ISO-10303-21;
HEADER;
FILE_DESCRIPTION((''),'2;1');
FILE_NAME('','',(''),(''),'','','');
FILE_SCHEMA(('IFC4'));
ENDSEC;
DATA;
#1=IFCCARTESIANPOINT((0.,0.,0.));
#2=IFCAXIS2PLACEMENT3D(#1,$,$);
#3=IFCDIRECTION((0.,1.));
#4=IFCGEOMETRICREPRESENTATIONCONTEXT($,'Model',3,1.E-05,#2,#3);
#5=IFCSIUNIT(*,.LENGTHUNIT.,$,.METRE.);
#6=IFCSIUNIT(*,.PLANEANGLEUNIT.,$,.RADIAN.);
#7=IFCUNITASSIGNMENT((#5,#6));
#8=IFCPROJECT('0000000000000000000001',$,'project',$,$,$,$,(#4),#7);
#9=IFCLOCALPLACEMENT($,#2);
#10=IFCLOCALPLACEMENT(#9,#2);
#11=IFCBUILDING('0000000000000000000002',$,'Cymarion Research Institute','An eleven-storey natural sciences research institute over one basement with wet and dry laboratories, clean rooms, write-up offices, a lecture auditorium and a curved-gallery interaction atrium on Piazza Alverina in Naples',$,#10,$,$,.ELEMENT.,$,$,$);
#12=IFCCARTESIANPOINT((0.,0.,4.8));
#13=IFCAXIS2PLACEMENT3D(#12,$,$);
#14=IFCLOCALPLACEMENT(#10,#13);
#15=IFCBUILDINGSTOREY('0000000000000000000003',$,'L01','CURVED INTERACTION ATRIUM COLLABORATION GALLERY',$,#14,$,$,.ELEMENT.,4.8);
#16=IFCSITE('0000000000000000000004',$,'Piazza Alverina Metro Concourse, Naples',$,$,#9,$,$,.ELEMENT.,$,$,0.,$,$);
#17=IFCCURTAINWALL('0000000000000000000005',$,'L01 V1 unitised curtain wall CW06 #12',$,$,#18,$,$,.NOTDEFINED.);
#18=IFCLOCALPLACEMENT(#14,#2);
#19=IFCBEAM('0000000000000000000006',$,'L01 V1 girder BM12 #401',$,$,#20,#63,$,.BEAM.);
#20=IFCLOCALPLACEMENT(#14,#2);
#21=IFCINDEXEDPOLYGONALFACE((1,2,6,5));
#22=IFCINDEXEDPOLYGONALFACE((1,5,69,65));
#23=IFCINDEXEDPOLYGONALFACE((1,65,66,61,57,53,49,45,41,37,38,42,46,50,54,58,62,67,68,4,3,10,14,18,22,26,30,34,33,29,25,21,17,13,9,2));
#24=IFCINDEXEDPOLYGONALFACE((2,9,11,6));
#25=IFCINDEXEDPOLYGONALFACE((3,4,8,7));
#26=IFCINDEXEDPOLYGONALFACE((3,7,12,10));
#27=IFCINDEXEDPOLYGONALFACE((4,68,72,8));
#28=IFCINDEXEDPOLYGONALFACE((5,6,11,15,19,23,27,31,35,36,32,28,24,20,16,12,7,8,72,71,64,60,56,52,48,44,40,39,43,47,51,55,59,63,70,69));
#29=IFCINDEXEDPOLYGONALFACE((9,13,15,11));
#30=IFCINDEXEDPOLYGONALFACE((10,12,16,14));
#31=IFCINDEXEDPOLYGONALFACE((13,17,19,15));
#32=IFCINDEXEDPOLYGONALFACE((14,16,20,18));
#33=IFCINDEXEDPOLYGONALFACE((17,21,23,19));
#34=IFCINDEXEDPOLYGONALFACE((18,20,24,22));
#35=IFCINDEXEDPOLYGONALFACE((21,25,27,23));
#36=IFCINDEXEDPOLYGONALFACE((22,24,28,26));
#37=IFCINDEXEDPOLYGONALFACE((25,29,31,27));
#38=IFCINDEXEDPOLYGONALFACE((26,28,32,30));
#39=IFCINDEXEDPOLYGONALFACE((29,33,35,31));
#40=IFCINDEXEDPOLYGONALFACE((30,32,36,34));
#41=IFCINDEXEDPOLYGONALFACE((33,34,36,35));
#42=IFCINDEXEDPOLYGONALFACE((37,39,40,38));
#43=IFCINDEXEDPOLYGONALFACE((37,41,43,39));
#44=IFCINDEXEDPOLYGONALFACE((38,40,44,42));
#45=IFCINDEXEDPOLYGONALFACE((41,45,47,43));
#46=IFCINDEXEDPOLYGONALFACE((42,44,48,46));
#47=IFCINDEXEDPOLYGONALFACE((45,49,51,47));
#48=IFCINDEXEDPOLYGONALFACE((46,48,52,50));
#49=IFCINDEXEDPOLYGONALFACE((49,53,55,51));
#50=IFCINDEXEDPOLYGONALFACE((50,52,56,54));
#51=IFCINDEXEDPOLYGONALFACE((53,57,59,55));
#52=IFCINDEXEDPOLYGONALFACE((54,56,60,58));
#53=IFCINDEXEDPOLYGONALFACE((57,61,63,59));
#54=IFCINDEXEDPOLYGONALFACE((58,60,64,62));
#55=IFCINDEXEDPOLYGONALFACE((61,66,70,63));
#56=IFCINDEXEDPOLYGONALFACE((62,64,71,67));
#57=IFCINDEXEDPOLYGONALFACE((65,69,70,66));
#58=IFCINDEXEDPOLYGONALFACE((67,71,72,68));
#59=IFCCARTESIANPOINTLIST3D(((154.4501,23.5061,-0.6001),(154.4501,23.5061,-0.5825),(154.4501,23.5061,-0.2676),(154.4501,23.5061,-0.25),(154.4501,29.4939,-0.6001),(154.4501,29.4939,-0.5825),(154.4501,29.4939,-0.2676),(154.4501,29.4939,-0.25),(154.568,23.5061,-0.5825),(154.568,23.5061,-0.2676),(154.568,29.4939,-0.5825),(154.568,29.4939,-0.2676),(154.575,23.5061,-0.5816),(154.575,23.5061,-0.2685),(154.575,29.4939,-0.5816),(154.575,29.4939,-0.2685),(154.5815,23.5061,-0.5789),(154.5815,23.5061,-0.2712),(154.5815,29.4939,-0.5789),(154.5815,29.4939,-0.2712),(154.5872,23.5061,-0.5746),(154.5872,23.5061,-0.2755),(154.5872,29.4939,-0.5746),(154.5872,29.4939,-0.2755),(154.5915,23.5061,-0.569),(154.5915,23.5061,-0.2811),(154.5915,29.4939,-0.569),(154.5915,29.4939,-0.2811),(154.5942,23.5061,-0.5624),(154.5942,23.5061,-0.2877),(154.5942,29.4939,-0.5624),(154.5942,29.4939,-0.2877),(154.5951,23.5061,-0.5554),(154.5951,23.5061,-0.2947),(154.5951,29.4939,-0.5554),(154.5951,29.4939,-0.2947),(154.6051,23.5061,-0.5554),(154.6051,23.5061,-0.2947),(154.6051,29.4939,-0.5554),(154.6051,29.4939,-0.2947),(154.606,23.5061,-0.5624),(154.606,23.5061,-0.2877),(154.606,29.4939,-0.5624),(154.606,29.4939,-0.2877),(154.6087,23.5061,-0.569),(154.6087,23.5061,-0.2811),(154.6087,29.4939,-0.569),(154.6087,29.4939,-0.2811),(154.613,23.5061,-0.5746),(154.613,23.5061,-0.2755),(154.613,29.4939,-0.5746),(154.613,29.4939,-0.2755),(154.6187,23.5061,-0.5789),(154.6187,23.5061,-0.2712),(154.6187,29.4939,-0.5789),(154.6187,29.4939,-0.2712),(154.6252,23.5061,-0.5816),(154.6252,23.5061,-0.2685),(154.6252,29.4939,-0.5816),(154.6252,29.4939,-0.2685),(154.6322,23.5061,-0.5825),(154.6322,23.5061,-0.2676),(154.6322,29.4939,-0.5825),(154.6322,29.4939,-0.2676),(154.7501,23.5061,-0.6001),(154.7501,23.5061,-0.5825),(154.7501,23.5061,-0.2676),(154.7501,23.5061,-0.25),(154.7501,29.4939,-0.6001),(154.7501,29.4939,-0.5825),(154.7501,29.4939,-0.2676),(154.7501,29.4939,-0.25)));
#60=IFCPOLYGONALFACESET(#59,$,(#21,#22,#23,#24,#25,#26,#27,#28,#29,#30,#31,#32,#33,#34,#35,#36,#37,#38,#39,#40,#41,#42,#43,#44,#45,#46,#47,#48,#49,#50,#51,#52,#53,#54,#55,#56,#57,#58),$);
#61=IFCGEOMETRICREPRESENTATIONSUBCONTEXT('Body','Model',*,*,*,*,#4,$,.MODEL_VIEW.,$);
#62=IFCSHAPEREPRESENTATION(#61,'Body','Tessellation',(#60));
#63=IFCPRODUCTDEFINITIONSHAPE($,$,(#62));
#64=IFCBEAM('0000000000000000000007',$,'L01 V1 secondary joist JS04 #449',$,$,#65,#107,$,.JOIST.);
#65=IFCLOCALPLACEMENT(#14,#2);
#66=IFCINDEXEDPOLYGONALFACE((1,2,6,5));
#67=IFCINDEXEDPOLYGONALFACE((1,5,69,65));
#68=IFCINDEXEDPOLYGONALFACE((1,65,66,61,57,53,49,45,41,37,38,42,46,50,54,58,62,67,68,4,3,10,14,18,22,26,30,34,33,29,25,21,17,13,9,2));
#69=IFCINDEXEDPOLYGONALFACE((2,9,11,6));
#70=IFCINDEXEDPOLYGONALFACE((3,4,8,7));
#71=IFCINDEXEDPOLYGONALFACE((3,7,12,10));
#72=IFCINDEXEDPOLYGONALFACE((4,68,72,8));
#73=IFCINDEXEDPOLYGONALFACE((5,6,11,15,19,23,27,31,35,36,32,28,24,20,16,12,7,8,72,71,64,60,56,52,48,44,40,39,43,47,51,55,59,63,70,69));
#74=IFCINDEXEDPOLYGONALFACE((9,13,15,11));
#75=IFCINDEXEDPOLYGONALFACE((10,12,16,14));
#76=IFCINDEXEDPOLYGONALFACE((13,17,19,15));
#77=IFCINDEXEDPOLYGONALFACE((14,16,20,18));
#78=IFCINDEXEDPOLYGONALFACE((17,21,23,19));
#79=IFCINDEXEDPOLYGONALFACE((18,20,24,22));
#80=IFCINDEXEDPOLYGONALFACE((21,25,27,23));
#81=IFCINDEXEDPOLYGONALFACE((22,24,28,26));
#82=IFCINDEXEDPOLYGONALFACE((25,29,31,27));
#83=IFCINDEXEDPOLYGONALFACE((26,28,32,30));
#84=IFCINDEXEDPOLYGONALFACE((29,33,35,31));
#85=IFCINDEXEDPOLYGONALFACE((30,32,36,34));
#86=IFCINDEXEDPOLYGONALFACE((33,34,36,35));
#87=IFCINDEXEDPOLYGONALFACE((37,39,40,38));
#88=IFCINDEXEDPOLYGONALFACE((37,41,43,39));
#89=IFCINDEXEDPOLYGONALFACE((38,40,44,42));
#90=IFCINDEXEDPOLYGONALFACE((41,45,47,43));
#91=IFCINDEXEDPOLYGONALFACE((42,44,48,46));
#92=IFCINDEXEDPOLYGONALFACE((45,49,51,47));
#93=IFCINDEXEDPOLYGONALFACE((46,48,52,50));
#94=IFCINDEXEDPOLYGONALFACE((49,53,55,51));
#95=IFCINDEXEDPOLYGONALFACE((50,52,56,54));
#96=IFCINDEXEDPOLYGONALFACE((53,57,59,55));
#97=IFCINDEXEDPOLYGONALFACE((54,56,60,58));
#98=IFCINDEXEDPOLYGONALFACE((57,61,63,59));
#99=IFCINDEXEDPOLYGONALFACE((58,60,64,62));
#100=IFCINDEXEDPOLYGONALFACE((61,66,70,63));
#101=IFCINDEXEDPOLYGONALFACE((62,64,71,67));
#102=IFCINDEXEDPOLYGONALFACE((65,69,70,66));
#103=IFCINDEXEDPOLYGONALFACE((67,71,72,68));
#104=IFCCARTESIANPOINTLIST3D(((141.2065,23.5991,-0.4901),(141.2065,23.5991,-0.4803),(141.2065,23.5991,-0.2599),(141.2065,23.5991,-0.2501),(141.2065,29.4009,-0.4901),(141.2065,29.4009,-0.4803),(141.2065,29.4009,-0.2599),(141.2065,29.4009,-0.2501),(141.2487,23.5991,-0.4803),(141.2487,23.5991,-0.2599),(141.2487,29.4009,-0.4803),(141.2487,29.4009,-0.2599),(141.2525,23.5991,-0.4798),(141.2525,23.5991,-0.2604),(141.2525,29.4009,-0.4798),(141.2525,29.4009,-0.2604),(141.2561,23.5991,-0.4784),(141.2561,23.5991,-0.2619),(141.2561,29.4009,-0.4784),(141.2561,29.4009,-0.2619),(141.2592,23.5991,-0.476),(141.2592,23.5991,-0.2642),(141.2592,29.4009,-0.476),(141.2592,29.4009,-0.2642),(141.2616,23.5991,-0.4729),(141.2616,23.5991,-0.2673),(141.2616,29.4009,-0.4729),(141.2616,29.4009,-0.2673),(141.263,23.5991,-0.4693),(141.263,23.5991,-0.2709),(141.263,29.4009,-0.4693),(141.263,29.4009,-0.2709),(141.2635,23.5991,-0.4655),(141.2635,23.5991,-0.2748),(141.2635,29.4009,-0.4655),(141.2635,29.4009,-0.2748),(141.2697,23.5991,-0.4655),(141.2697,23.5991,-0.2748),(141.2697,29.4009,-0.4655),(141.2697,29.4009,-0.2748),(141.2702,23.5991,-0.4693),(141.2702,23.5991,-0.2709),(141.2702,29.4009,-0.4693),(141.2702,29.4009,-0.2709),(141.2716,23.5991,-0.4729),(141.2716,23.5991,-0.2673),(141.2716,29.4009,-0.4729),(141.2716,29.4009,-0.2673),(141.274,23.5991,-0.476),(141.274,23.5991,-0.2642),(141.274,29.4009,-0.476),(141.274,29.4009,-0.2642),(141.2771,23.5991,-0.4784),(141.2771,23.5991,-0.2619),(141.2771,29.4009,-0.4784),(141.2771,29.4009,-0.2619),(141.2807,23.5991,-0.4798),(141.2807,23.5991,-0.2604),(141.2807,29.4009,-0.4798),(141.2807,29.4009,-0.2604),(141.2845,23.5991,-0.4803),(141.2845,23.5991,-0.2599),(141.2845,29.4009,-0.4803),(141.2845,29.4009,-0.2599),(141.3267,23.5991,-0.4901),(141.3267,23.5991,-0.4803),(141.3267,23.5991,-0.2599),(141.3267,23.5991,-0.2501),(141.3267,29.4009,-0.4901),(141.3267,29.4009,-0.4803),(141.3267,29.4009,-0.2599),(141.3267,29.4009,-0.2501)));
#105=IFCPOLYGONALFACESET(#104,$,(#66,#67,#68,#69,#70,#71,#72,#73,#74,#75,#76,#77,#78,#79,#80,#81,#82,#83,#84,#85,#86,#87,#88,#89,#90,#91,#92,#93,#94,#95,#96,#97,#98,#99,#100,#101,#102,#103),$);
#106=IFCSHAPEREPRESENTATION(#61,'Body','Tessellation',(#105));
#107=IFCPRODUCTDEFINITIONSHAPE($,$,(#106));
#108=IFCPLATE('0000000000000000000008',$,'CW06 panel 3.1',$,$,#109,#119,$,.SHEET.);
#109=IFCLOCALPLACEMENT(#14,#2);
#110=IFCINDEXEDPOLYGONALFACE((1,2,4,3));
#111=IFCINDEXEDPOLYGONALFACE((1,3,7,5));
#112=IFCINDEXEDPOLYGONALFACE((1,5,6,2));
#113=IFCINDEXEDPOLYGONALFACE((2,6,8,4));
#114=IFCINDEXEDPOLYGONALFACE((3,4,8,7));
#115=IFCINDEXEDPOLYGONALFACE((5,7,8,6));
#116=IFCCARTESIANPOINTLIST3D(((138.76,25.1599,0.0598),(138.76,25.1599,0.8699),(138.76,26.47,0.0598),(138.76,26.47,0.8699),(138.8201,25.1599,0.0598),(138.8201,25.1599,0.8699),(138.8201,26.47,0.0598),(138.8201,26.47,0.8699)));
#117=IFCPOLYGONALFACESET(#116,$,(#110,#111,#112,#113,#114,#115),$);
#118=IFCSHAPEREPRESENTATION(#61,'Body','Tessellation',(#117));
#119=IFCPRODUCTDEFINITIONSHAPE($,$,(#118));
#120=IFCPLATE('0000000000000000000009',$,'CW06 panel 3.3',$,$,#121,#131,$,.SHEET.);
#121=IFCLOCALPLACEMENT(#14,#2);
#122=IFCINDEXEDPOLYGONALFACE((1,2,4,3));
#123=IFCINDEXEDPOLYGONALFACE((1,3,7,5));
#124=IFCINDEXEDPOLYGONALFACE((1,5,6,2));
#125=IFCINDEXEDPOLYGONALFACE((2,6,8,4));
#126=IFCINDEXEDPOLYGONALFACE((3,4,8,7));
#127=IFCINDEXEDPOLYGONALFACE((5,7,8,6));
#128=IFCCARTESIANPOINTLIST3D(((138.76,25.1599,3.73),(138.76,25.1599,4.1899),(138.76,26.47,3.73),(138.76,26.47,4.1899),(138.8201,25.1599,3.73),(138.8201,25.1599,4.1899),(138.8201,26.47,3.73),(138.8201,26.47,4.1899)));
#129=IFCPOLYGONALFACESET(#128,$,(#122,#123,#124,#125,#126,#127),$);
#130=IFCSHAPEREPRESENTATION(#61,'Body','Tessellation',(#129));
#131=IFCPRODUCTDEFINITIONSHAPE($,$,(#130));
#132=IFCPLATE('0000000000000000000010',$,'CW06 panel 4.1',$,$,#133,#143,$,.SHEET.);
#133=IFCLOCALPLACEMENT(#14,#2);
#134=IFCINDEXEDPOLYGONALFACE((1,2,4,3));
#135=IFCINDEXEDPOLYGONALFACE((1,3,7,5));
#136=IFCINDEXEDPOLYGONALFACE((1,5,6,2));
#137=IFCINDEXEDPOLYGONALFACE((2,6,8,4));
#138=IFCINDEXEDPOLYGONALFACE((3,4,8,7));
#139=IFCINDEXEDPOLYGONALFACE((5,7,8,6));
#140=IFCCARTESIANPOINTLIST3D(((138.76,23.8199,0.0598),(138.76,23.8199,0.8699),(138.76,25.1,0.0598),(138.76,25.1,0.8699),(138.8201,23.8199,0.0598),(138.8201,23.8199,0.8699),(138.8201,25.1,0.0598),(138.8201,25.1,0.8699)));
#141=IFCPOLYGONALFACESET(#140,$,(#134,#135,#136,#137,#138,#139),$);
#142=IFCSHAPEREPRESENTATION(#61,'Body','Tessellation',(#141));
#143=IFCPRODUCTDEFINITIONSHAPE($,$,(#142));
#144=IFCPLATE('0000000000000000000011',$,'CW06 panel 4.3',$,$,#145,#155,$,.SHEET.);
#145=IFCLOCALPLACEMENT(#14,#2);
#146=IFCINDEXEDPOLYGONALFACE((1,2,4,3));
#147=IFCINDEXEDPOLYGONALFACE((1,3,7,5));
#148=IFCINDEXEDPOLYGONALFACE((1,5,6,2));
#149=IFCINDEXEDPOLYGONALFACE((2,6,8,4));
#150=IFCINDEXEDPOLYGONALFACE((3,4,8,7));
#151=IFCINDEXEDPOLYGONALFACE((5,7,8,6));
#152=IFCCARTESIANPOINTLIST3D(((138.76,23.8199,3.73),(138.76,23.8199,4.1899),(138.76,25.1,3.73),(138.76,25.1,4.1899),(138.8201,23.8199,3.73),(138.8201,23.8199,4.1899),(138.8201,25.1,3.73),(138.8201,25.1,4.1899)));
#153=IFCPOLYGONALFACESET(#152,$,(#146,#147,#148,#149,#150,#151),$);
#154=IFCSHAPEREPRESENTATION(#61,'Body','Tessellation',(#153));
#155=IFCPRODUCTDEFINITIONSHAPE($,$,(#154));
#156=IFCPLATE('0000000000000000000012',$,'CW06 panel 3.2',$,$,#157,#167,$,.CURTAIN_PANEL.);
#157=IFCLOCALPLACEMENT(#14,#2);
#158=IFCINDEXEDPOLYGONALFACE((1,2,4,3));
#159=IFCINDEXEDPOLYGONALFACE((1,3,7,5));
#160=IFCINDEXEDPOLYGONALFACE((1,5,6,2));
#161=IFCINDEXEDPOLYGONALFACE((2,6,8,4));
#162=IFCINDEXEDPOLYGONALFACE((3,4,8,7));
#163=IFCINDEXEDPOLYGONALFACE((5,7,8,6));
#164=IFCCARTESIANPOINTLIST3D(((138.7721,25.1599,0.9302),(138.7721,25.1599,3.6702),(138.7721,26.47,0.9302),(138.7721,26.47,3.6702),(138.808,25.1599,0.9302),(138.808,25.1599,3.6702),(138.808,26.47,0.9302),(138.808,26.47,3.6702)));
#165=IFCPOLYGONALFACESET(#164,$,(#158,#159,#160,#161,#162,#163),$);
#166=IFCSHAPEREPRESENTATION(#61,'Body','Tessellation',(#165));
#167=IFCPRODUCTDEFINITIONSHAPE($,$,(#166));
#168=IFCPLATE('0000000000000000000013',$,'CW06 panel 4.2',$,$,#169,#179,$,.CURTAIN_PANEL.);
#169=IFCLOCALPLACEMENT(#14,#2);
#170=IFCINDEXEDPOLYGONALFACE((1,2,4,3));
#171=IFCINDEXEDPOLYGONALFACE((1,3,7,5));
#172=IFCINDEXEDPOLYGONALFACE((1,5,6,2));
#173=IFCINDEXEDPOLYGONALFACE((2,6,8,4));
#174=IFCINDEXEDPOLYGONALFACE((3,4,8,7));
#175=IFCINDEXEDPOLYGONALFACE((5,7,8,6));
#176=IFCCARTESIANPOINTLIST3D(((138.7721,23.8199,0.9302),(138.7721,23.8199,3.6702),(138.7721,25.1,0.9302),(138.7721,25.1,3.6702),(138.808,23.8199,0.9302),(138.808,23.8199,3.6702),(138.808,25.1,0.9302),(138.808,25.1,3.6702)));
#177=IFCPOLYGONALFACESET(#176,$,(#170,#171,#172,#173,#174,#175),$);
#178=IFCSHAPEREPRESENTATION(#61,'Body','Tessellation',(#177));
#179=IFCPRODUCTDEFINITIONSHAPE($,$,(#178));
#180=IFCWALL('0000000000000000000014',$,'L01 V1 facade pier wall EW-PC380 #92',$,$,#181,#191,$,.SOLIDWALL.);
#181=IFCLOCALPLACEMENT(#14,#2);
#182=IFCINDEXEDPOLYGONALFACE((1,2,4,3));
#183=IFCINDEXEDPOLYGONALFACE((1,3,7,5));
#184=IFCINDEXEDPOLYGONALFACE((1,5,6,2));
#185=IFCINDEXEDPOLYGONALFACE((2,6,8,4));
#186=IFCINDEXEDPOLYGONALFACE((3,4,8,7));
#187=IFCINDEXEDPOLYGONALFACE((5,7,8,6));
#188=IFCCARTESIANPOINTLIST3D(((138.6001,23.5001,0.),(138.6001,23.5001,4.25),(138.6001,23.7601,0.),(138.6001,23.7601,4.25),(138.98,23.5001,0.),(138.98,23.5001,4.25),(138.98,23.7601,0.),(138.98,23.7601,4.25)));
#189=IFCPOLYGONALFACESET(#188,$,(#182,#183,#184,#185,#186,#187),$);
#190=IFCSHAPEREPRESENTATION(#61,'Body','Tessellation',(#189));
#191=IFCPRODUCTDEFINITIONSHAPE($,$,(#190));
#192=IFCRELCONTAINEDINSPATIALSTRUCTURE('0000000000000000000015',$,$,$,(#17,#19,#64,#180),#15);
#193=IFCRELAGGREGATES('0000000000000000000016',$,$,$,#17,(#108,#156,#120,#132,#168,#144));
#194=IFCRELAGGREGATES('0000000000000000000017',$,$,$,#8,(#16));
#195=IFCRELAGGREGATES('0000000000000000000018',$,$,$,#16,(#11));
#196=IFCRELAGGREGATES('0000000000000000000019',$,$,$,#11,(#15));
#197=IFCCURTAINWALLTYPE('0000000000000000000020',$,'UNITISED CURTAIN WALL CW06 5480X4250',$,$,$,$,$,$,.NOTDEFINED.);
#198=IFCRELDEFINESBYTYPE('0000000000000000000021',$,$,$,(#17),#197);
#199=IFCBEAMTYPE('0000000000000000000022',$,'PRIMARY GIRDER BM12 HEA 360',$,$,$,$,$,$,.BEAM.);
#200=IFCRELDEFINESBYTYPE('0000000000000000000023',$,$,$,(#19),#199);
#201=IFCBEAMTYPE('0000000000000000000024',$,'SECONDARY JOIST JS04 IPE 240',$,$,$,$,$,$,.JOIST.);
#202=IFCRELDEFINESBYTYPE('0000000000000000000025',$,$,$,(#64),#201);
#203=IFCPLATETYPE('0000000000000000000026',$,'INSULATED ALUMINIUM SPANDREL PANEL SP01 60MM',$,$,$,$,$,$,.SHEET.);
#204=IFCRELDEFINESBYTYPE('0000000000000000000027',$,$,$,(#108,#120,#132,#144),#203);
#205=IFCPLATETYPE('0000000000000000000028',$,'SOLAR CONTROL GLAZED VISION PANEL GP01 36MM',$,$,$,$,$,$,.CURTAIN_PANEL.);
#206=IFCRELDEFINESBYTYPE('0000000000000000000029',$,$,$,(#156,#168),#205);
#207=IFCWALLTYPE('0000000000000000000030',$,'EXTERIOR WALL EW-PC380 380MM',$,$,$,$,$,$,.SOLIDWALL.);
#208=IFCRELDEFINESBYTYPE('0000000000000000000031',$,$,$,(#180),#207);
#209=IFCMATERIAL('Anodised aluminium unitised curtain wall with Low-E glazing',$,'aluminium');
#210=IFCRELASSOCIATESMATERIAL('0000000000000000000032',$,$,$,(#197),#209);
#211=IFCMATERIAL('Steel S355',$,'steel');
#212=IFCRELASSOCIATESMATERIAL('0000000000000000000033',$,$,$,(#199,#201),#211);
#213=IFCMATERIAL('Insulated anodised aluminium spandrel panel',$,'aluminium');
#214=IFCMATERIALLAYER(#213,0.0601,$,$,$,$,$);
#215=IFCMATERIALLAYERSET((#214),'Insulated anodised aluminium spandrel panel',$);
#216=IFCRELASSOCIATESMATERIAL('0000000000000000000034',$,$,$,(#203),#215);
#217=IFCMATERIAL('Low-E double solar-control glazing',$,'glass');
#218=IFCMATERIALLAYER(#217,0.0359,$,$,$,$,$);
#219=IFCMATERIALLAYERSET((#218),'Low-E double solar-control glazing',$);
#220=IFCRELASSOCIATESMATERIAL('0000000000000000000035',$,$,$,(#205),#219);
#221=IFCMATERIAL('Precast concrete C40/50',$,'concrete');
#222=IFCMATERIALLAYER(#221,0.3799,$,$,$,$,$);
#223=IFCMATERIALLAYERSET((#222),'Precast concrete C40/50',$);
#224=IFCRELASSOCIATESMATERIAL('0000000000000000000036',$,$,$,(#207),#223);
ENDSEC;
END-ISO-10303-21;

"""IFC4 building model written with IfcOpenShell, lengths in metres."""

from ifc_helpers import new_model, si_unit, direction, frame, frame_2d, origin, origin_2d, place, context, subcontext, project, spatial, rectangle, i_section, extrude, material, layer, layer_set, material_profile, profile_set, type_object, element, aggregate, save


model = new_model("IFC4")

# Units and contexts
model_context = context("Model", 3, precision=1e-05, world=origin(), true_north=direction((0.0, 1.0)))
body_context = subcontext(model_context, "Body", "Model", "MODEL_VIEW")
ifc_project = project(units=[si_unit("LENGTHUNIT", "METRE"), si_unit("PLANEANGLEUNIT", "RADIAN")], contexts=[model_context])

# Site, building, storey
site_placement = place(None, origin())
site = spatial("IfcSite", under=ifc_project, at=site_placement, Name="Piazza Alverina Metro Concourse, Naples", CompositionType="ELEMENT", RefElevation=0.0)
building_placement = place(site_placement, origin())
building = spatial("IfcBuilding", under=site, at=building_placement, Name="Cymarion Research Institute", Description="An eleven-storey natural sciences research institute over one basement with wet and dry laboratories, clean rooms, write-up offices, a lecture auditorium and a curved-gallery interaction atrium on Piazza Alverina in Naples", CompositionType="ELEMENT")
storey_placement = place(building_placement, frame((0.0, 0.0, 4.8)))
storey = spatial("IfcBuildingStorey", under=building, at=storey_placement, Name="L01", Description="CURVED INTERACTION ATRIUM COLLABORATION GALLERY", CompositionType="ELEMENT", Elevation=4.8)

# Curtain wall
ifc_material_1 = material(Name="Anodised aluminium unitised curtain wall with Low-E glazing", Category="aluminium")
curtain_wall_type = type_object("IfcCurtainWallType", Name="UNITISED CURTAIN WALL CW06 5480X4250", PredefinedType="NOTDEFINED", material=ifc_material_1)
curtain_wall_placement = place(storey_placement, origin())
curtain_wall = element("IfcCurtainWall", 1, at=curtain_wall_placement, inside=storey, type_object=curtain_wall_type, Name="L01 V1 unitised curtain wall CW06 #12", PredefinedType="NOTDEFINED")

# Beams
ifc_material_2 = material(Name="Steel S355", Category="steel")
ifc_material_profile_1 = material_profile(ifc_material_2, i_section(OverallWidth=0.3, OverallDepth=0.3501, WebThickness=0.01, FlangeThickness=0.0176, FilletRadius=0.0271, at=origin_2d()), Name="HEA 360")
ifc_profile_set_1 = profile_set([ifc_material_profile_1], Name="Steel S355")
beam_type_1 = type_object("IfcBeamType", Name="PRIMARY GIRDER BM12 HEA 360", PredefinedType="BEAM", material=ifc_profile_set_1)
for number, where, z_axis, x_axis, name in (
    (2, (154.6001, 23.5061, -0.425), (0.0, 1.0, 0.0), (-1.0, 0.0, 0.0), "L01 V1 girder BM12 #401"),
):
    element("IfcBeam", number, at=place(storey_placement, frame(where, z_axis=z_axis, x_axis=x_axis)), inside=storey, type_object=beam_type_1, Name=name, PredefinedType="BEAM", context=body_context, shape_type="SweptSolid", body=[
        extrude(i_section(OverallWidth=0.3, OverallDepth=0.3501, WebThickness=0.01, FlangeThickness=0.0176, FilletRadius=0.0271, at=origin_2d()), origin(), (0.0, 0.0, 1.0), 5.9878),
    ])
ifc_material_profile_2 = material_profile(ifc_material_2, i_section(OverallWidth=0.1201, OverallDepth=0.24, WebThickness=0.0061, FlangeThickness=0.0098, FilletRadius=0.0149, at=origin_2d()), Name="IPE 240")
ifc_profile_set_2 = profile_set([ifc_material_profile_2], Name="Steel S355")
beam_type_2 = type_object("IfcBeamType", Name="SECONDARY JOIST JS04 IPE 240", PredefinedType="JOIST", material=ifc_profile_set_2)
beam_1_placement = place(storey_placement, frame((141.2666, 23.5991, -0.3701), z_axis=(0.0, 1.0, 0.0), x_axis=(-1.0, 0.0, 0.0)))
element("IfcBeam", 3, at=beam_1_placement, inside=storey, type_object=beam_type_2, Name="L01 V1 secondary joist JS04 #449", PredefinedType="JOIST", context=body_context, shape_type="SweptSolid", body=[
    extrude(i_section(OverallWidth=0.1201, OverallDepth=0.24, WebThickness=0.0061, FlangeThickness=0.0098, FilletRadius=0.0149, at=origin_2d()), origin(), (0.0, 0.0, 1.0), 5.8018),
])

# Plates
ifc_material_3 = material(Name="Insulated anodised aluminium spandrel panel", Category="aluminium")
ifc_layer_1 = layer(ifc_material_3, 0.0601)
ifc_layer_set_1 = layer_set([ifc_layer_1], Name="Insulated anodised aluminium spandrel panel")
plate_type_1 = type_object("IfcPlateType", Name="INSULATED ALUMINIUM SPANDREL PANEL SP01 60MM", PredefinedType="SHEET", material=ifc_layer_set_1)
plate_1_placement = place(storey_placement, frame((138.79, 25.8149, 0.0598), z_axis=(0.0, 0.0, 1.0), x_axis=(0.0, -1.0, 0.0)))
plate_1 = element("IfcPlate", 4, at=plate_1_placement, type_object=plate_type_1, Name="CW06 panel 3.1", PredefinedType="SHEET", context=body_context, shape_type="SweptSolid", body=[
    extrude(rectangle(XDim=1.3101, YDim=0.0601, at=origin_2d()), origin(), (0.0, 0.0, 1.0), 0.8101),
])
plate_2_placement = place(storey_placement, frame((138.79, 25.8149, 3.73), z_axis=(0.0, 0.0, 1.0), x_axis=(0.0, -1.0, 0.0)))
plate_2 = element("IfcPlate", 5, at=plate_2_placement, type_object=plate_type_1, Name="CW06 panel 3.3", PredefinedType="SHEET", context=body_context, shape_type="SweptSolid", body=[
    extrude(rectangle(XDim=1.3101, YDim=0.0601, at=origin_2d()), origin(), (0.0, 0.0, 1.0), 0.46),
])
plate_3_placement = place(storey_placement, frame((138.79, 24.46, 0.0598), z_axis=(0.0, 0.0, 1.0), x_axis=(0.0, -1.0, 0.0)))
plate_3 = element("IfcPlate", 6, at=plate_3_placement, type_object=plate_type_1, Name="CW06 panel 4.1", PredefinedType="SHEET", context=body_context, shape_type="SweptSolid", body=[
    extrude(rectangle(XDim=1.28, YDim=0.0601, at=origin_2d()), origin(), (0.0, 0.0, 1.0), 0.8101),
])
plate_4_placement = place(storey_placement, frame((138.79, 24.46, 3.73), z_axis=(0.0, 0.0, 1.0), x_axis=(0.0, -1.0, 0.0)))
plate_4 = element("IfcPlate", 7, at=plate_4_placement, type_object=plate_type_1, Name="CW06 panel 4.3", PredefinedType="SHEET", context=body_context, shape_type="SweptSolid", body=[
    extrude(rectangle(XDim=1.28, YDim=0.0601, at=origin_2d()), origin(), (0.0, 0.0, 1.0), 0.46),
])
ifc_material_4 = material(Name="Low-E double solar-control glazing", Category="glass")
ifc_layer_2 = layer(ifc_material_4, 0.0359)
ifc_layer_set_2 = layer_set([ifc_layer_2], Name="Low-E double solar-control glazing")
plate_type_2 = type_object("IfcPlateType", Name="SOLAR CONTROL GLAZED VISION PANEL GP01 36MM", PredefinedType="CURTAIN_PANEL", material=ifc_layer_set_2)
plate_5_placement = place(storey_placement, frame((138.79, 25.8149, 0.9302), z_axis=(0.0, 0.0, 1.0), x_axis=(0.0, -1.0, 0.0)))
plate_5 = element("IfcPlate", 8, at=plate_5_placement, type_object=plate_type_2, Name="CW06 panel 3.2", PredefinedType="CURTAIN_PANEL", context=body_context, shape_type="SweptSolid", body=[
    extrude(rectangle(XDim=1.3101, YDim=0.0359, at=origin_2d()), origin(), (0.0, 0.0, 1.0), 2.74),
])
plate_6_placement = place(storey_placement, frame((138.79, 24.46, 0.9302), z_axis=(0.0, 0.0, 1.0), x_axis=(0.0, -1.0, 0.0)))
plate_6 = element("IfcPlate", 9, at=plate_6_placement, type_object=plate_type_2, Name="CW06 panel 4.2", PredefinedType="CURTAIN_PANEL", context=body_context, shape_type="SweptSolid", body=[
    extrude(rectangle(XDim=1.28, YDim=0.0359, at=origin_2d()), origin(), (0.0, 0.0, 1.0), 2.74),
])
aggregate(curtain_wall, [plate_1, plate_5, plate_2, plate_3, plate_6, plate_4])

# Wall
ifc_material_5 = material(Name="Precast concrete C40/50", Category="concrete")
ifc_layer_3 = layer(ifc_material_5, 0.3799)
ifc_layer_set_3 = layer_set([ifc_layer_3], Name="Precast concrete C40/50")
wall_type_1 = type_object("IfcWallType", Name="EXTERIOR WALL EW-PC380 380MM", PredefinedType="SOLIDWALL", material=ifc_layer_set_3)
wall_1_placement = place(storey_placement, frame((138.79, 23.76, 0.0), z_axis=(0.0, 0.0, 1.0), x_axis=(0.0, -1.0, 0.0)))
element("IfcWall", 10, at=wall_1_placement, inside=storey, type_object=wall_type_1, Name="L01 V1 facade pier wall EW-PC380 #92", PredefinedType="SOLIDWALL", context=body_context, shape_type="SweptSolid", body=[
    extrude(rectangle(XDim=0.26, YDim=0.3799, at=frame_2d((0.1299, 0.0))), origin(), (0.0, 0.0, 1.0), 4.25),
])

save(model, "model.ifc")
